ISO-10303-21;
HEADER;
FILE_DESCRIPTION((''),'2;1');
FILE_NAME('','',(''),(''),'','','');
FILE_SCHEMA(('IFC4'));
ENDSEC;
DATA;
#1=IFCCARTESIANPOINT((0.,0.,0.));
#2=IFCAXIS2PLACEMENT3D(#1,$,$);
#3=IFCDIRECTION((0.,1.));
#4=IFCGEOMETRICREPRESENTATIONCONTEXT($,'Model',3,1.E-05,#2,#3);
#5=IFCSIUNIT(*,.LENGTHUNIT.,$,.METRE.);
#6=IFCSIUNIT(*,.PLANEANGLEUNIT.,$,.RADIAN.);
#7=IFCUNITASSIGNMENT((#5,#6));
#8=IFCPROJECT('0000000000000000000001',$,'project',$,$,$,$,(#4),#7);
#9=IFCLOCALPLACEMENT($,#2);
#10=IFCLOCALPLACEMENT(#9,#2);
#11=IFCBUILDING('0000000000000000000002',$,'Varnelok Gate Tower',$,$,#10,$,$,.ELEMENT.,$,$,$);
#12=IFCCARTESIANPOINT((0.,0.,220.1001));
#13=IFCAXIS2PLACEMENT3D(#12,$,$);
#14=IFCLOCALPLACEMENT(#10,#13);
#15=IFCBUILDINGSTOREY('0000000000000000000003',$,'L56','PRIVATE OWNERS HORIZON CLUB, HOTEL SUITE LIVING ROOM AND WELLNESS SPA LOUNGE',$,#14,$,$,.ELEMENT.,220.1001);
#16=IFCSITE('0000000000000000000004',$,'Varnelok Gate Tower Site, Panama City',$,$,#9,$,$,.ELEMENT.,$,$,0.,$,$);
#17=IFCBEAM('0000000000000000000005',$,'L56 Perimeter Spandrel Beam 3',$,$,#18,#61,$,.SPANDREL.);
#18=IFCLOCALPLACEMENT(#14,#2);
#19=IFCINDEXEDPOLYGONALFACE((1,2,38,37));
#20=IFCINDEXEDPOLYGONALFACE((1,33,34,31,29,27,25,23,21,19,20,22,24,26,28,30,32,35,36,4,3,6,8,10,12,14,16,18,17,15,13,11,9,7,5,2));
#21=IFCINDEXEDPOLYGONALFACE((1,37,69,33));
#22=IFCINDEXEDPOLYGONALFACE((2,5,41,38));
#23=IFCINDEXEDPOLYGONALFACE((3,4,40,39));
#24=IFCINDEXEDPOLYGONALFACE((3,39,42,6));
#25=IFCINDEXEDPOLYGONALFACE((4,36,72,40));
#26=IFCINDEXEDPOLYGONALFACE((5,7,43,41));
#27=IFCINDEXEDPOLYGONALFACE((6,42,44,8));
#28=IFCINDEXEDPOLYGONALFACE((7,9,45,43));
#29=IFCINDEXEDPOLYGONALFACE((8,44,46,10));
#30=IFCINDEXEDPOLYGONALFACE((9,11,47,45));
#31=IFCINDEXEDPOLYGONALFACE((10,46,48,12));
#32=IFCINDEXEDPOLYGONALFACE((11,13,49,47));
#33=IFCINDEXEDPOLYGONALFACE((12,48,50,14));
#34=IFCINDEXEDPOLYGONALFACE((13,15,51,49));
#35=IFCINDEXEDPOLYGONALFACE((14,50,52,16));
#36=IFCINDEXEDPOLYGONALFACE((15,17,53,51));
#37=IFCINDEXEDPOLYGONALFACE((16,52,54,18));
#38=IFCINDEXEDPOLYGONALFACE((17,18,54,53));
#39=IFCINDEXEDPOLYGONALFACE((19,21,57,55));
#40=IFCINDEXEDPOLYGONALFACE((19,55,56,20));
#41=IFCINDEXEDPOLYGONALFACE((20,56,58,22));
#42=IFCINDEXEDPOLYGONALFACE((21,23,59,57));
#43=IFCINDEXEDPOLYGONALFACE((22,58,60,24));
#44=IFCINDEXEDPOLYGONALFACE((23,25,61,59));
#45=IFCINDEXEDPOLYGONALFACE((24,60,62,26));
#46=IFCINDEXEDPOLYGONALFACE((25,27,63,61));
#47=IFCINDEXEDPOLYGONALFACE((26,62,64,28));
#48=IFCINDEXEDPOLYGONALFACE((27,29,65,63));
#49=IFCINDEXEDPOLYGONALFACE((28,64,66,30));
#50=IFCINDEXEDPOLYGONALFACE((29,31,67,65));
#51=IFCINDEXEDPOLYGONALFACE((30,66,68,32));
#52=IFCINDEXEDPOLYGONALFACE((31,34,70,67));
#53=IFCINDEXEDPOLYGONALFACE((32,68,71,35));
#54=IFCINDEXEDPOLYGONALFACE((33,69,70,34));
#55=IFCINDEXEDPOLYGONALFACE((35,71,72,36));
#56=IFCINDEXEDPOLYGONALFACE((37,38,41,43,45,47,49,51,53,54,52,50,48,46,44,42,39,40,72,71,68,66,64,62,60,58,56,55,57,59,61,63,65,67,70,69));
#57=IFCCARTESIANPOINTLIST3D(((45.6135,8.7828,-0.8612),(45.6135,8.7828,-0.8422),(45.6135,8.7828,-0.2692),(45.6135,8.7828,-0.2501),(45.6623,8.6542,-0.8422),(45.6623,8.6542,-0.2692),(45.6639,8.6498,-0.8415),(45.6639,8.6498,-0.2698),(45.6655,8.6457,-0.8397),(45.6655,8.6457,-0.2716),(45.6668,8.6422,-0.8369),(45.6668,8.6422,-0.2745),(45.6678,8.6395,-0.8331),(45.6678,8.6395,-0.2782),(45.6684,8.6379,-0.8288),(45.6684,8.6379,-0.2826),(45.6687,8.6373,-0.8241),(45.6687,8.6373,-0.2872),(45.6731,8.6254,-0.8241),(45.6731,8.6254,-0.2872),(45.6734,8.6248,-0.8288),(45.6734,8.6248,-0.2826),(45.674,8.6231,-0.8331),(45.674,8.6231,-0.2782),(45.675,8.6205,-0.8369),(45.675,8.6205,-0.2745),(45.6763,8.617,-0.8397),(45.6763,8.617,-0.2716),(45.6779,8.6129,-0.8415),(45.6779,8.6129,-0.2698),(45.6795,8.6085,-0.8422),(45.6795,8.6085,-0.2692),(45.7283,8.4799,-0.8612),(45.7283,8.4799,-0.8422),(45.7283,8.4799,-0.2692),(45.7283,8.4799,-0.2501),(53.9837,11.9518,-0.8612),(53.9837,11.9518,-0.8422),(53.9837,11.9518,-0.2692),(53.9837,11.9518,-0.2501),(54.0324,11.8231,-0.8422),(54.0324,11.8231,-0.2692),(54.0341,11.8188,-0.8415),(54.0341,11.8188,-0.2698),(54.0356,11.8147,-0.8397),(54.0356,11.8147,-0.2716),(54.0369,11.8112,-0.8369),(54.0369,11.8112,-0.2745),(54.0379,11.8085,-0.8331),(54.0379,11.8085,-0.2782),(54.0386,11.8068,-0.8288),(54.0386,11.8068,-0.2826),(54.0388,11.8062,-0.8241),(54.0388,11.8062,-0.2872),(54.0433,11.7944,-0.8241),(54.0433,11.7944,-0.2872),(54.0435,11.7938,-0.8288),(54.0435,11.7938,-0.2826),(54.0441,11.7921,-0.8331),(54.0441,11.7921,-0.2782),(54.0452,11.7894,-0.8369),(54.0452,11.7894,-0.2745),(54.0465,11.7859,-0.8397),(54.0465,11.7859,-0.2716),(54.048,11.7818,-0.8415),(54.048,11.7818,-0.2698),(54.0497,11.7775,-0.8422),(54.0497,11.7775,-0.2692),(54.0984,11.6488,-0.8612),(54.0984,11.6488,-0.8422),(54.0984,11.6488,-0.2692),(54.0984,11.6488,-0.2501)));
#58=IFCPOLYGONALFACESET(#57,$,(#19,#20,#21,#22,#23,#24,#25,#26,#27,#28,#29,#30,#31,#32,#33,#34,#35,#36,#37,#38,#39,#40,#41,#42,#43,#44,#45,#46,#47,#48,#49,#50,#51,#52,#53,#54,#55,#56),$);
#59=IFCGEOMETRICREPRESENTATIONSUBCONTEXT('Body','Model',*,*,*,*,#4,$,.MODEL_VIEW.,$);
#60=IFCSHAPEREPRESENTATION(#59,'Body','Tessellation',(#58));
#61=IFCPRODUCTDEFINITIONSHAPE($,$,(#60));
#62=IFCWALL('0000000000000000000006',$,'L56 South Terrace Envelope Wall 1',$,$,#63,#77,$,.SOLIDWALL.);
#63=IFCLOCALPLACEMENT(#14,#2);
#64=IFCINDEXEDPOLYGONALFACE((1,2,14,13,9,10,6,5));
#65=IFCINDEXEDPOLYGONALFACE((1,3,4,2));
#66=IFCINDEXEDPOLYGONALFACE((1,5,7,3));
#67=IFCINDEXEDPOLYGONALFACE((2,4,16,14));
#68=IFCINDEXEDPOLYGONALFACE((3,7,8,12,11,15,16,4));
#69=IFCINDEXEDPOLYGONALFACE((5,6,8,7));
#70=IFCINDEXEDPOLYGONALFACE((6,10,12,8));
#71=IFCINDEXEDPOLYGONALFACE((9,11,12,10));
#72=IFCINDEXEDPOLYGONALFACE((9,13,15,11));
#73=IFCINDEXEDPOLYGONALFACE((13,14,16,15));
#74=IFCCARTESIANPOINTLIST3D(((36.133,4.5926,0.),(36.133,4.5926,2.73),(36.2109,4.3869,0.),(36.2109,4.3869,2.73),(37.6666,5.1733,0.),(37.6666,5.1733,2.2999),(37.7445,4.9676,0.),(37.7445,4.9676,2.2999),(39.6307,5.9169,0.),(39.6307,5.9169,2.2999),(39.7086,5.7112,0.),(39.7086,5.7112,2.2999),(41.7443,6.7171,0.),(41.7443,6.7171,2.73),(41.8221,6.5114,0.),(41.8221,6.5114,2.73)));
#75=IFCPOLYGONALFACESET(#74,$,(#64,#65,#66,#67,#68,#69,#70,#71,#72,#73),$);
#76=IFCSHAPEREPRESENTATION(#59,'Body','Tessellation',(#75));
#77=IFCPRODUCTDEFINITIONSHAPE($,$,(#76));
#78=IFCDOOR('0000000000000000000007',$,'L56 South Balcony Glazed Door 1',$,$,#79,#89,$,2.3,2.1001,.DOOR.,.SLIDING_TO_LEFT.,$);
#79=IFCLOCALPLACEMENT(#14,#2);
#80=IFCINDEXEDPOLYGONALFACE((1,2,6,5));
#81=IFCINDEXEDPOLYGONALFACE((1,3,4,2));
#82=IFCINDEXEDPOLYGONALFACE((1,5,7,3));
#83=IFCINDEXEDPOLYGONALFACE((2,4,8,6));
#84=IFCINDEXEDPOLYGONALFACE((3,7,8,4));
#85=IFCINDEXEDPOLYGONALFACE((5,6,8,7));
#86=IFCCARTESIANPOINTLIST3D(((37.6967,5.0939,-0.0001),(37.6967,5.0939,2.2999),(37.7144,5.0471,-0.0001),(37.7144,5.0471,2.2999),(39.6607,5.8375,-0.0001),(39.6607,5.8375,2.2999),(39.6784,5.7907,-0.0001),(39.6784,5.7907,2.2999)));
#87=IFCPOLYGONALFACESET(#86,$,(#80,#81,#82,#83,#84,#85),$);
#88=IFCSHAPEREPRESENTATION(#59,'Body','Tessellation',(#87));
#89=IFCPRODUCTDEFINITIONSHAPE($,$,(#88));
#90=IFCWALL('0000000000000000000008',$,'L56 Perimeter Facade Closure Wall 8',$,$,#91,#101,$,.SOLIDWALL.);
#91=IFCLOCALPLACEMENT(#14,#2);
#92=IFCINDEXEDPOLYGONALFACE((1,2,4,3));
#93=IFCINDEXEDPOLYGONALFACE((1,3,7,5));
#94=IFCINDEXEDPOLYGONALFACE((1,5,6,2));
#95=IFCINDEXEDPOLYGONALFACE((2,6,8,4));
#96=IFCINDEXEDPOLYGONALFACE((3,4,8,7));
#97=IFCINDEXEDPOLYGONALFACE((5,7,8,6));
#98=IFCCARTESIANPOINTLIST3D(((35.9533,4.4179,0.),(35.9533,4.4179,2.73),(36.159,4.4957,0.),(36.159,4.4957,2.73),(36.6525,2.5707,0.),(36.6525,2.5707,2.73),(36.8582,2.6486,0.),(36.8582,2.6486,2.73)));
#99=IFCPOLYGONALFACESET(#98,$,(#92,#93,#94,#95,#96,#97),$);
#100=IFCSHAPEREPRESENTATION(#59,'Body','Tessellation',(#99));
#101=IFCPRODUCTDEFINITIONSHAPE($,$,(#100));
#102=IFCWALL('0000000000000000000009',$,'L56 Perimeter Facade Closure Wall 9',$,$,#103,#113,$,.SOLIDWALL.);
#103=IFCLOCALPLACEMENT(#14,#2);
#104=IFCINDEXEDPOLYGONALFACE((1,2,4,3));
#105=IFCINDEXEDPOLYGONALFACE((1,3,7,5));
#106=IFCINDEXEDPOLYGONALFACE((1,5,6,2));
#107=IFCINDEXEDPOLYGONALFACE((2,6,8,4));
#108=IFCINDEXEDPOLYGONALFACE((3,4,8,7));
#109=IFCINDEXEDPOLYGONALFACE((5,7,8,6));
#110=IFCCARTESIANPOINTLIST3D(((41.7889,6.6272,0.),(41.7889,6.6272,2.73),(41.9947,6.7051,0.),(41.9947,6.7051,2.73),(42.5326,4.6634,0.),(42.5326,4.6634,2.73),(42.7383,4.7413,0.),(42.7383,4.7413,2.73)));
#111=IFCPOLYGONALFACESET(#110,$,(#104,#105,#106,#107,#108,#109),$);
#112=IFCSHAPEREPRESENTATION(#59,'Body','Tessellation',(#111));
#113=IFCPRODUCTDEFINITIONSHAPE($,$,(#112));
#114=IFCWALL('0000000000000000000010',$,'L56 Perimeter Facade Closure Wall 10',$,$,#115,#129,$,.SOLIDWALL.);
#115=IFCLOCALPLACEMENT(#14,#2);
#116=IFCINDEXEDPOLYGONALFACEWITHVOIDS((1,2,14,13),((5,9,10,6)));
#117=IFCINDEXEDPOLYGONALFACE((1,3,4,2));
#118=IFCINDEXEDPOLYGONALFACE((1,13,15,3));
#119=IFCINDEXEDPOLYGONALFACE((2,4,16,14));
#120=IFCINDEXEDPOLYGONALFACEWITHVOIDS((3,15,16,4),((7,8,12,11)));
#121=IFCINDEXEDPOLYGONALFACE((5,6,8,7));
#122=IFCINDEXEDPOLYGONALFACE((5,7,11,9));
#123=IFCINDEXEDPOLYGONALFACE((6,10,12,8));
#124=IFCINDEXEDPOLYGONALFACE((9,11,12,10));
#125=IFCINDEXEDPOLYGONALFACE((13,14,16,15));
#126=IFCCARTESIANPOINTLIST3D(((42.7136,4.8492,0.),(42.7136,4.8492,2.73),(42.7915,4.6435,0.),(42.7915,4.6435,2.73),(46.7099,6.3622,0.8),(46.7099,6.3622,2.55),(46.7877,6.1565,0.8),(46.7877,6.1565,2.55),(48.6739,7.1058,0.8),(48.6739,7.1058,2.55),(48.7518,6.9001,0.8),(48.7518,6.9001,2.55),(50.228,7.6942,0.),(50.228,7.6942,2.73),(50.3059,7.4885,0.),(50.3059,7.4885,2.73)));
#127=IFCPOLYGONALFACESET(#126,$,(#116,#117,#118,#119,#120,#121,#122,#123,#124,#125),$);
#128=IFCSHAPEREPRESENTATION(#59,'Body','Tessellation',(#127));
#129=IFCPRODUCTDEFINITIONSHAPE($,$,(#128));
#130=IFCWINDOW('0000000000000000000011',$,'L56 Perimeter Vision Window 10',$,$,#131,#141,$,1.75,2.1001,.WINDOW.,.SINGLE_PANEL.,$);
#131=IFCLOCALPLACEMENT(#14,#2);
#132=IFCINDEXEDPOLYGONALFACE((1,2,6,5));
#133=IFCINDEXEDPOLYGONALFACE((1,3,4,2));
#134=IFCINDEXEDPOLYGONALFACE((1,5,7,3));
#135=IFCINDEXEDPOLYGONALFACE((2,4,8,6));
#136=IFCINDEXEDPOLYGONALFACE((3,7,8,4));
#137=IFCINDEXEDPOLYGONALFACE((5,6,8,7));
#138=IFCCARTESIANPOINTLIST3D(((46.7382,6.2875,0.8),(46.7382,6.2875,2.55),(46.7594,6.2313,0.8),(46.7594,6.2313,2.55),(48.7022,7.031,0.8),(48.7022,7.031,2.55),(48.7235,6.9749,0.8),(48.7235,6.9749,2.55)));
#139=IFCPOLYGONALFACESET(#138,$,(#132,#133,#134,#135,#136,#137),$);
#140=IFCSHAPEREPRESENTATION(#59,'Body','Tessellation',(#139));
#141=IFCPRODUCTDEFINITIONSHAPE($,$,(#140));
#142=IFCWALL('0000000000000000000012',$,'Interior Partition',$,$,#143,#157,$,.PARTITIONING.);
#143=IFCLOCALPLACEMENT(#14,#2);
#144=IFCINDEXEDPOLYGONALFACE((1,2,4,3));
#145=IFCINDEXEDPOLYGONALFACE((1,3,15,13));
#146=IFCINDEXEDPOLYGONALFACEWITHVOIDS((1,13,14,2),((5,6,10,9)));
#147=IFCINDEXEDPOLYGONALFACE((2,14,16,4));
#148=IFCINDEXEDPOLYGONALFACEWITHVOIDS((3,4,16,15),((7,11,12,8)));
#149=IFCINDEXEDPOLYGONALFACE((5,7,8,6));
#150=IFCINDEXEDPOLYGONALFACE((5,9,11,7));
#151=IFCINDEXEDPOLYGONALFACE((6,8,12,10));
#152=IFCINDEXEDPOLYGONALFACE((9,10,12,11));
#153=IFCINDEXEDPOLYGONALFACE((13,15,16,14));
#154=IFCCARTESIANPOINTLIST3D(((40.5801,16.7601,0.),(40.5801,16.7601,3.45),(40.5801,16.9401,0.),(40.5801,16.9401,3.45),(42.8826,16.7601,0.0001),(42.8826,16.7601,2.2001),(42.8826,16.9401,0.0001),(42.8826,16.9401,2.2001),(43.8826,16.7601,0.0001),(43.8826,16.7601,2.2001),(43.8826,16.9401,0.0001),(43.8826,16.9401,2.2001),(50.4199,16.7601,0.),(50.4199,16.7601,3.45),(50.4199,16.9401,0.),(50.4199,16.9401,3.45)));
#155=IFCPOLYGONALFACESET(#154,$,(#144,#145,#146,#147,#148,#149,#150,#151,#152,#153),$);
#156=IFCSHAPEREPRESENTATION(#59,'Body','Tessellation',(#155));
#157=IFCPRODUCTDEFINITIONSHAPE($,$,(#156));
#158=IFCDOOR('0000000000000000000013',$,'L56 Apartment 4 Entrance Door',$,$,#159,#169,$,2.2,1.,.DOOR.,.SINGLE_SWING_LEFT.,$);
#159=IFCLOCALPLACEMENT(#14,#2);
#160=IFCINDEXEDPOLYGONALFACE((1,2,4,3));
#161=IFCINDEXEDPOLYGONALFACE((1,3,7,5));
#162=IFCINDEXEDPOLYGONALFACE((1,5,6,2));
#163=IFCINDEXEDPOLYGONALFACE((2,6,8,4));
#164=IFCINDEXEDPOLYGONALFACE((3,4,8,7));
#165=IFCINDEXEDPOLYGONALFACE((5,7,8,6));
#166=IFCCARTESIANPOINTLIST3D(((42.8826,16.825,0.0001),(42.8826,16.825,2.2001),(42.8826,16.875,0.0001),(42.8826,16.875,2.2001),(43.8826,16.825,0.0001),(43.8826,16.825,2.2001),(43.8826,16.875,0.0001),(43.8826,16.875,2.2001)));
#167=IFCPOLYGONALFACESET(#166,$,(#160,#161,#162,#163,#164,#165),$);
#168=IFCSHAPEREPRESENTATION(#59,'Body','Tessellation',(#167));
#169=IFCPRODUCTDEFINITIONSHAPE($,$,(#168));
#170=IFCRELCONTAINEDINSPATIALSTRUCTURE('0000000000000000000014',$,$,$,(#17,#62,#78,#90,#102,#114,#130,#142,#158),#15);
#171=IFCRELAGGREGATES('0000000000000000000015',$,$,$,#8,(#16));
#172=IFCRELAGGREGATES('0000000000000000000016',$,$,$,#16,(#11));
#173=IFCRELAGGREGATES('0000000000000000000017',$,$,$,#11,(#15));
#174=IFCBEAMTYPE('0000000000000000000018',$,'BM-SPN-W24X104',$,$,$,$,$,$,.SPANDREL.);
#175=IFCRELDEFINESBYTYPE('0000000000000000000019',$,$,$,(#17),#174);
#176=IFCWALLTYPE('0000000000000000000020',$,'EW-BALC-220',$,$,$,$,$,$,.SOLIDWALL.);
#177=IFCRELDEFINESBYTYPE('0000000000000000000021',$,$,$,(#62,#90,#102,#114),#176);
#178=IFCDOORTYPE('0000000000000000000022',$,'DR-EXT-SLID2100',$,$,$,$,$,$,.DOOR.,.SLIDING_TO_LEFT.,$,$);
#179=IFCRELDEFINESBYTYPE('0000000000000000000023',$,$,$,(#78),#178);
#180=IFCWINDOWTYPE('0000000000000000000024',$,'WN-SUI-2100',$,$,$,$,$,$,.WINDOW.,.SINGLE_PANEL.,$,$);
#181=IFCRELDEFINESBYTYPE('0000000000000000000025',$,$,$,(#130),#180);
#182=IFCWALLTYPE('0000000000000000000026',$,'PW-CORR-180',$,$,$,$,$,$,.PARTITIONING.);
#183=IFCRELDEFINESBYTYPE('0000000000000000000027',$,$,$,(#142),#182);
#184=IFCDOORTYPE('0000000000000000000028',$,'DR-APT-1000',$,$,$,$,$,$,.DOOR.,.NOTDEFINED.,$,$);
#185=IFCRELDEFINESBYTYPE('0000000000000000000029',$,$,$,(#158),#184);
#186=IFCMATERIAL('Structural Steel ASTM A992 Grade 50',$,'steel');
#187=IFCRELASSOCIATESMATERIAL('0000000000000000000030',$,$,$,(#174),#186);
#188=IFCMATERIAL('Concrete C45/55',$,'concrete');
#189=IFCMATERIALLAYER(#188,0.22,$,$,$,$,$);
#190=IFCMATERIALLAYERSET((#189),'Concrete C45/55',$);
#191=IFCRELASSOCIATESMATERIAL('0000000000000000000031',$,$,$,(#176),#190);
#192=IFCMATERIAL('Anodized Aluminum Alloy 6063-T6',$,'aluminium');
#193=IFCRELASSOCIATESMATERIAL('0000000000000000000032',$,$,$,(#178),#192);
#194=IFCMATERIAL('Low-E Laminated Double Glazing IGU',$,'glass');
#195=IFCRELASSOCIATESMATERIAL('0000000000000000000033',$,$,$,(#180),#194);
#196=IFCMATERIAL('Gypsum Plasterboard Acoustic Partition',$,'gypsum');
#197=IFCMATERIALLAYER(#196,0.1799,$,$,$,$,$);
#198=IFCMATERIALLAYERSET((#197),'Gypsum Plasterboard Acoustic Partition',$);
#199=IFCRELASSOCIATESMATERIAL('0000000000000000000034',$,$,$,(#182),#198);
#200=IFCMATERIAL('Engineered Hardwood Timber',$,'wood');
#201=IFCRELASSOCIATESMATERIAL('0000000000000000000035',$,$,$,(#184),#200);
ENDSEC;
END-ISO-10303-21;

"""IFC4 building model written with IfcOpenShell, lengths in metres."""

from ifc_helpers import new_model, si_unit, direction, frame, frame_2d, origin, origin_2d, place, context, subcontext, project, spatial, rectangle, i_section, extrude, material, layer, layer_set, material_profile, profile_set, type_object, element, fill, save


model = new_model("IFC4")

# Units and contexts
model_context = context("Model", 3, precision=1e-05, world=origin(), true_north=direction((0.0, 1.0)))
body_context = subcontext(model_context, "Body", "Model", "MODEL_VIEW")
ifc_project = project(units=[si_unit("LENGTHUNIT", "METRE"), si_unit("PLANEANGLEUNIT", "RADIAN")], contexts=[model_context])

# Site, building, storey
site_placement = place(None, origin())
site = spatial("IfcSite", under=ifc_project, at=site_placement, Name="Varnelok Gate Tower Site, Panama City", CompositionType="ELEMENT", RefElevation=0.0)
building_placement = place(site_placement, origin())
building = spatial("IfcBuilding", under=site, at=building_placement, Name="Varnelok Gate Tower", CompositionType="ELEMENT")
storey_placement = place(building_placement, frame((0.0, 0.0, 220.1001)))
storey = spatial("IfcBuildingStorey", under=building, at=storey_placement, Name="L56", Description="PRIVATE OWNERS HORIZON CLUB, HOTEL SUITE LIVING ROOM AND WELLNESS SPA LOUNGE", CompositionType="ELEMENT", Elevation=220.1001)

# Shared definitions
ifc_material_1 = material(Name="Structural Steel ASTM A992 Grade 50", Category="steel")

# Beam
ifc_material_profile_1 = material_profile(ifc_material_1, i_section(OverallWidth=0.324, OverallDepth=0.6111, WebThickness=0.0127, FlangeThickness=0.019, FilletRadius=0.0181, at=origin_2d()), Name="W24X104")
ifc_profile_set_1 = profile_set([ifc_material_profile_1], Name="Structural Steel ASTM A992 Grade 50")
beam_type_1 = type_object("IfcBeamType", Name="BM-SPN-W24X104", PredefinedType="SPANDREL", material=ifc_profile_set_1)
beam_1_placement = place(storey_placement, frame((45.6709, 8.6313, -0.5557), z_axis=(0.935217, 0.354075, 0.0), x_axis=(-0.354075, 0.935217, 0.0)))
element("IfcBeam", 1, at=beam_1_placement, inside=storey, type_object=beam_type_1, Name="L56 Perimeter Spandrel Beam 3", PredefinedType="SPANDREL", context=body_context, shape_type="SweptSolid", body=[
    extrude(i_section(OverallWidth=0.324, OverallDepth=0.6111, WebThickness=0.0127, FlangeThickness=0.019, FilletRadius=0.0181, at=origin_2d()), origin(), (0.0, 0.0, 1.0), 8.95),
])

# Wall, opening, door
ifc_material_2 = material(Name="Concrete C45/55", Category="concrete")
ifc_layer_1 = layer(ifc_material_2, 0.22)
ifc_layer_set_1 = layer_set([ifc_layer_1], Name="Concrete C45/55")
wall_type_1 = type_object("IfcWallType", Name="EW-BALC-220", PredefinedType="SOLIDWALL", material=ifc_layer_set_1)
wall_1_placement = place(storey_placement, frame((41.7832, 6.6143, 0.0), z_axis=(0.0, 0.0, 1.0), x_axis=(-0.935214, -0.354083, 0.0)))
wall_1 = element("IfcWall", 2, at=wall_1_placement, inside=storey, type_object=wall_type_1, Name="L56 South Terrace Envelope Wall 1", PredefinedType="SOLIDWALL", context=body_context, shape_type="SweptSolid", body=[
    extrude(rectangle(XDim=6.0, YDim=0.22, at=frame_2d((3.0, 0.0))), origin(), (0.0, 0.0, 1.0), 2.73),
])
opening_1_placement = place(wall_1_placement, frame((2.26, 0.0, 0.0)))
opening_1 = element("IfcOpeningElement", 3, at=opening_1_placement, cuts=wall_1, PredefinedType="OPENING", context=body_context, shape_type="SweptSolid", body=[
    extrude(rectangle(XDim=2.1001, YDim=2.3, at=frame_2d((1.05, 1.1499))), frame((0.0, 0.1199, 0.0), z_axis=(0.0, -1.0, 0.0), x_axis=(1.0, 0.0, 0.0)), (0.0, 0.0, 1.0), 0.24),
])
ifc_material_3 = material(Name="Anodized Aluminum Alloy 6063-T6", Category="aluminium")
door_type_1 = type_object("IfcDoorType", Name="DR-EXT-SLID2100", OperationType="SLIDING_TO_LEFT", PredefinedType="DOOR", material=ifc_material_3)
door_1_placement = place(opening_1_placement, origin())
door_1 = element("IfcDoor", 4, at=door_1_placement, inside=storey, type_object=door_type_1, Name="L56 South Balcony Glazed Door 1", OperationType="SLIDING_TO_LEFT", OverallHeight=2.3, OverallWidth=2.1001, PredefinedType="DOOR", context=body_context, shape_type="SweptSolid", body=[
    extrude(rectangle(XDim=2.1001, YDim=2.3, at=frame_2d((1.05, 1.1499))), frame((0.0, 0.0249, 0.0), z_axis=(0.0, -1.0, 0.0), x_axis=(1.0, 0.0, 0.0)), (0.0, 0.0, 1.0), 0.05),
])
fill(opening_1, door_1)

# Walls
wall_2_placement = place(storey_placement, frame((36.7554, 2.6096, 0.0), z_axis=(0.0, 0.0, 1.0), x_axis=(-0.354021, 0.935238, 0.0)))
element("IfcWall", 5, at=wall_2_placement, inside=storey, type_object=wall_type_1, Name="L56 Perimeter Facade Closure Wall 8", PredefinedType="SOLIDWALL", context=body_context, shape_type="SweptSolid", body=[
    extrude(rectangle(XDim=1.9751, YDim=0.22, at=frame_2d((0.9875, 0.0))), origin(), (0.0, 0.0, 1.0), 2.73),
])
wall_3_placement = place(storey_placement, frame((41.8918, 6.666, 0.0), z_axis=(0.0, 0.0, 1.0), x_axis=(0.354128, -0.935197, 0.0)))
element("IfcWall", 6, at=wall_3_placement, inside=storey, type_object=wall_type_1, Name="L56 Perimeter Facade Closure Wall 9", PredefinedType="SOLIDWALL", context=body_context, shape_type="SweptSolid", body=[
    extrude(rectangle(XDim=2.0999, YDim=0.22, at=frame_2d((1.0498, 0.0))), origin(), (0.0, 0.0, 1.0), 2.73),
])

# Wall, opening, window
wall_4_placement = place(storey_placement, frame((42.7524, 4.7463, 0.0), z_axis=(0.0, 0.0, 1.0), x_axis=(0.935217, 0.354075, 0.0)))
wall_4 = element("IfcWall", 7, at=wall_4_placement, inside=storey, type_object=wall_type_1, Name="L56 Perimeter Facade Closure Wall 10", PredefinedType="SOLIDWALL", context=body_context, shape_type="SweptSolid", body=[
    extrude(rectangle(XDim=8.0349, YDim=0.22, at=frame_2d((4.0176, 0.0))), origin(), (0.0, 0.0, 1.0), 2.73),
])
opening_2_placement = place(wall_4_placement, frame((4.2732, 0.0, 0.8)))
opening_2 = element("IfcOpeningElement", 8, at=opening_2_placement, cuts=wall_4, PredefinedType="OPENING", context=body_context, shape_type="SweptSolid", body=[
    extrude(rectangle(XDim=2.1001, YDim=1.75, at=frame_2d((1.05, 0.875))), frame((0.0, 0.1199, 0.0), z_axis=(0.0, -1.0, 0.0), x_axis=(1.0, 0.0, 0.0)), (0.0, 0.0, 1.0), 0.24),
])
ifc_material_4 = material(Name="Low-E Laminated Double Glazing IGU", Category="glass")
window_type = type_object("IfcWindowType", Name="WN-SUI-2100", PartitioningType="SINGLE_PANEL", PredefinedType="WINDOW", material=ifc_material_4)
window_placement = place(opening_2_placement, origin())
window = element("IfcWindow", 9, at=window_placement, inside=storey, type_object=window_type, Name="L56 Perimeter Vision Window 10", OverallHeight=1.75, OverallWidth=2.1001, PartitioningType="SINGLE_PANEL", PredefinedType="WINDOW", context=body_context, shape_type="SweptSolid", body=[
    extrude(rectangle(XDim=2.1001, YDim=1.75, at=frame_2d((1.05, 0.875))), frame((0.0, 0.03, 0.0), z_axis=(0.0, -1.0, 0.0), x_axis=(1.0, 0.0, 0.0)), (0.0, 0.0, 1.0), 0.0601),
])
fill(opening_2, window)

# Wall, opening, door
ifc_material_5 = material(Name="Gypsum Plasterboard Acoustic Partition", Category="gypsum")
ifc_layer_2 = layer(ifc_material_5, 0.1799)
ifc_layer_set_2 = layer_set([ifc_layer_2], Name="Gypsum Plasterboard Acoustic Partition")
wall_type_2 = type_object("IfcWallType", Name="PW-CORR-180", PredefinedType="PARTITIONING", material=ifc_layer_set_2)
wall_5_placement = place(storey_placement, frame((40.5801, 16.8501, 0.0), z_axis=(0.0, 0.0, 1.0), x_axis=(1.0, 0.0, 0.0)))
wall_5 = element("IfcWall", 10, at=wall_5_placement, inside=storey, type_object=wall_type_2, Name="Interior Partition", PredefinedType="PARTITIONING", context=body_context, shape_type="SweptSolid", body=[
    extrude(rectangle(XDim=9.8398, YDim=0.1799, at=frame_2d((4.9199, 0.0))), origin(), (0.0, 0.0, 1.0), 3.45),
])
opening_3_placement = place(wall_5_placement, frame((2.3025, 0.0, 0.0)))
opening_3 = element("IfcOpeningElement", 11, at=opening_3_placement, cuts=wall_5, PredefinedType="OPENING", context=body_context, shape_type="SweptSolid", body=[
    extrude(rectangle(XDim=1.0, YDim=2.2, at=frame_2d((0.5, 1.1001))), frame((0.0, 0.0999, 0.0), z_axis=(0.0, -1.0, 0.0), x_axis=(1.0, 0.0, 0.0)), (0.0, 0.0, 1.0), 0.2),
])
ifc_material_6 = material(Name="Engineered Hardwood Timber", Category="wood")
door_type_2 = type_object("IfcDoorType", Name="DR-APT-1000", OperationType="NOTDEFINED", PredefinedType="DOOR", material=ifc_material_6)
door_2_placement = place(opening_3_placement, origin())
door_2 = element("IfcDoor", 12, at=door_2_placement, inside=storey, type_object=door_type_2, Name="L56 Apartment 4 Entrance Door", OperationType="SINGLE_SWING_LEFT", OverallHeight=2.2, OverallWidth=1.0, PredefinedType="DOOR", context=body_context, shape_type="SweptSolid", body=[
    extrude(rectangle(XDim=1.0, YDim=2.2, at=frame_2d((0.5, 1.1001))), frame((0.0, 0.0249, 0.0), z_axis=(0.0, -1.0, 0.0), x_axis=(1.0, 0.0, 0.0)), (0.0, 0.0, 1.0), 0.05),
])
fill(opening_3, door_2)

save(model, "model.ifc")
